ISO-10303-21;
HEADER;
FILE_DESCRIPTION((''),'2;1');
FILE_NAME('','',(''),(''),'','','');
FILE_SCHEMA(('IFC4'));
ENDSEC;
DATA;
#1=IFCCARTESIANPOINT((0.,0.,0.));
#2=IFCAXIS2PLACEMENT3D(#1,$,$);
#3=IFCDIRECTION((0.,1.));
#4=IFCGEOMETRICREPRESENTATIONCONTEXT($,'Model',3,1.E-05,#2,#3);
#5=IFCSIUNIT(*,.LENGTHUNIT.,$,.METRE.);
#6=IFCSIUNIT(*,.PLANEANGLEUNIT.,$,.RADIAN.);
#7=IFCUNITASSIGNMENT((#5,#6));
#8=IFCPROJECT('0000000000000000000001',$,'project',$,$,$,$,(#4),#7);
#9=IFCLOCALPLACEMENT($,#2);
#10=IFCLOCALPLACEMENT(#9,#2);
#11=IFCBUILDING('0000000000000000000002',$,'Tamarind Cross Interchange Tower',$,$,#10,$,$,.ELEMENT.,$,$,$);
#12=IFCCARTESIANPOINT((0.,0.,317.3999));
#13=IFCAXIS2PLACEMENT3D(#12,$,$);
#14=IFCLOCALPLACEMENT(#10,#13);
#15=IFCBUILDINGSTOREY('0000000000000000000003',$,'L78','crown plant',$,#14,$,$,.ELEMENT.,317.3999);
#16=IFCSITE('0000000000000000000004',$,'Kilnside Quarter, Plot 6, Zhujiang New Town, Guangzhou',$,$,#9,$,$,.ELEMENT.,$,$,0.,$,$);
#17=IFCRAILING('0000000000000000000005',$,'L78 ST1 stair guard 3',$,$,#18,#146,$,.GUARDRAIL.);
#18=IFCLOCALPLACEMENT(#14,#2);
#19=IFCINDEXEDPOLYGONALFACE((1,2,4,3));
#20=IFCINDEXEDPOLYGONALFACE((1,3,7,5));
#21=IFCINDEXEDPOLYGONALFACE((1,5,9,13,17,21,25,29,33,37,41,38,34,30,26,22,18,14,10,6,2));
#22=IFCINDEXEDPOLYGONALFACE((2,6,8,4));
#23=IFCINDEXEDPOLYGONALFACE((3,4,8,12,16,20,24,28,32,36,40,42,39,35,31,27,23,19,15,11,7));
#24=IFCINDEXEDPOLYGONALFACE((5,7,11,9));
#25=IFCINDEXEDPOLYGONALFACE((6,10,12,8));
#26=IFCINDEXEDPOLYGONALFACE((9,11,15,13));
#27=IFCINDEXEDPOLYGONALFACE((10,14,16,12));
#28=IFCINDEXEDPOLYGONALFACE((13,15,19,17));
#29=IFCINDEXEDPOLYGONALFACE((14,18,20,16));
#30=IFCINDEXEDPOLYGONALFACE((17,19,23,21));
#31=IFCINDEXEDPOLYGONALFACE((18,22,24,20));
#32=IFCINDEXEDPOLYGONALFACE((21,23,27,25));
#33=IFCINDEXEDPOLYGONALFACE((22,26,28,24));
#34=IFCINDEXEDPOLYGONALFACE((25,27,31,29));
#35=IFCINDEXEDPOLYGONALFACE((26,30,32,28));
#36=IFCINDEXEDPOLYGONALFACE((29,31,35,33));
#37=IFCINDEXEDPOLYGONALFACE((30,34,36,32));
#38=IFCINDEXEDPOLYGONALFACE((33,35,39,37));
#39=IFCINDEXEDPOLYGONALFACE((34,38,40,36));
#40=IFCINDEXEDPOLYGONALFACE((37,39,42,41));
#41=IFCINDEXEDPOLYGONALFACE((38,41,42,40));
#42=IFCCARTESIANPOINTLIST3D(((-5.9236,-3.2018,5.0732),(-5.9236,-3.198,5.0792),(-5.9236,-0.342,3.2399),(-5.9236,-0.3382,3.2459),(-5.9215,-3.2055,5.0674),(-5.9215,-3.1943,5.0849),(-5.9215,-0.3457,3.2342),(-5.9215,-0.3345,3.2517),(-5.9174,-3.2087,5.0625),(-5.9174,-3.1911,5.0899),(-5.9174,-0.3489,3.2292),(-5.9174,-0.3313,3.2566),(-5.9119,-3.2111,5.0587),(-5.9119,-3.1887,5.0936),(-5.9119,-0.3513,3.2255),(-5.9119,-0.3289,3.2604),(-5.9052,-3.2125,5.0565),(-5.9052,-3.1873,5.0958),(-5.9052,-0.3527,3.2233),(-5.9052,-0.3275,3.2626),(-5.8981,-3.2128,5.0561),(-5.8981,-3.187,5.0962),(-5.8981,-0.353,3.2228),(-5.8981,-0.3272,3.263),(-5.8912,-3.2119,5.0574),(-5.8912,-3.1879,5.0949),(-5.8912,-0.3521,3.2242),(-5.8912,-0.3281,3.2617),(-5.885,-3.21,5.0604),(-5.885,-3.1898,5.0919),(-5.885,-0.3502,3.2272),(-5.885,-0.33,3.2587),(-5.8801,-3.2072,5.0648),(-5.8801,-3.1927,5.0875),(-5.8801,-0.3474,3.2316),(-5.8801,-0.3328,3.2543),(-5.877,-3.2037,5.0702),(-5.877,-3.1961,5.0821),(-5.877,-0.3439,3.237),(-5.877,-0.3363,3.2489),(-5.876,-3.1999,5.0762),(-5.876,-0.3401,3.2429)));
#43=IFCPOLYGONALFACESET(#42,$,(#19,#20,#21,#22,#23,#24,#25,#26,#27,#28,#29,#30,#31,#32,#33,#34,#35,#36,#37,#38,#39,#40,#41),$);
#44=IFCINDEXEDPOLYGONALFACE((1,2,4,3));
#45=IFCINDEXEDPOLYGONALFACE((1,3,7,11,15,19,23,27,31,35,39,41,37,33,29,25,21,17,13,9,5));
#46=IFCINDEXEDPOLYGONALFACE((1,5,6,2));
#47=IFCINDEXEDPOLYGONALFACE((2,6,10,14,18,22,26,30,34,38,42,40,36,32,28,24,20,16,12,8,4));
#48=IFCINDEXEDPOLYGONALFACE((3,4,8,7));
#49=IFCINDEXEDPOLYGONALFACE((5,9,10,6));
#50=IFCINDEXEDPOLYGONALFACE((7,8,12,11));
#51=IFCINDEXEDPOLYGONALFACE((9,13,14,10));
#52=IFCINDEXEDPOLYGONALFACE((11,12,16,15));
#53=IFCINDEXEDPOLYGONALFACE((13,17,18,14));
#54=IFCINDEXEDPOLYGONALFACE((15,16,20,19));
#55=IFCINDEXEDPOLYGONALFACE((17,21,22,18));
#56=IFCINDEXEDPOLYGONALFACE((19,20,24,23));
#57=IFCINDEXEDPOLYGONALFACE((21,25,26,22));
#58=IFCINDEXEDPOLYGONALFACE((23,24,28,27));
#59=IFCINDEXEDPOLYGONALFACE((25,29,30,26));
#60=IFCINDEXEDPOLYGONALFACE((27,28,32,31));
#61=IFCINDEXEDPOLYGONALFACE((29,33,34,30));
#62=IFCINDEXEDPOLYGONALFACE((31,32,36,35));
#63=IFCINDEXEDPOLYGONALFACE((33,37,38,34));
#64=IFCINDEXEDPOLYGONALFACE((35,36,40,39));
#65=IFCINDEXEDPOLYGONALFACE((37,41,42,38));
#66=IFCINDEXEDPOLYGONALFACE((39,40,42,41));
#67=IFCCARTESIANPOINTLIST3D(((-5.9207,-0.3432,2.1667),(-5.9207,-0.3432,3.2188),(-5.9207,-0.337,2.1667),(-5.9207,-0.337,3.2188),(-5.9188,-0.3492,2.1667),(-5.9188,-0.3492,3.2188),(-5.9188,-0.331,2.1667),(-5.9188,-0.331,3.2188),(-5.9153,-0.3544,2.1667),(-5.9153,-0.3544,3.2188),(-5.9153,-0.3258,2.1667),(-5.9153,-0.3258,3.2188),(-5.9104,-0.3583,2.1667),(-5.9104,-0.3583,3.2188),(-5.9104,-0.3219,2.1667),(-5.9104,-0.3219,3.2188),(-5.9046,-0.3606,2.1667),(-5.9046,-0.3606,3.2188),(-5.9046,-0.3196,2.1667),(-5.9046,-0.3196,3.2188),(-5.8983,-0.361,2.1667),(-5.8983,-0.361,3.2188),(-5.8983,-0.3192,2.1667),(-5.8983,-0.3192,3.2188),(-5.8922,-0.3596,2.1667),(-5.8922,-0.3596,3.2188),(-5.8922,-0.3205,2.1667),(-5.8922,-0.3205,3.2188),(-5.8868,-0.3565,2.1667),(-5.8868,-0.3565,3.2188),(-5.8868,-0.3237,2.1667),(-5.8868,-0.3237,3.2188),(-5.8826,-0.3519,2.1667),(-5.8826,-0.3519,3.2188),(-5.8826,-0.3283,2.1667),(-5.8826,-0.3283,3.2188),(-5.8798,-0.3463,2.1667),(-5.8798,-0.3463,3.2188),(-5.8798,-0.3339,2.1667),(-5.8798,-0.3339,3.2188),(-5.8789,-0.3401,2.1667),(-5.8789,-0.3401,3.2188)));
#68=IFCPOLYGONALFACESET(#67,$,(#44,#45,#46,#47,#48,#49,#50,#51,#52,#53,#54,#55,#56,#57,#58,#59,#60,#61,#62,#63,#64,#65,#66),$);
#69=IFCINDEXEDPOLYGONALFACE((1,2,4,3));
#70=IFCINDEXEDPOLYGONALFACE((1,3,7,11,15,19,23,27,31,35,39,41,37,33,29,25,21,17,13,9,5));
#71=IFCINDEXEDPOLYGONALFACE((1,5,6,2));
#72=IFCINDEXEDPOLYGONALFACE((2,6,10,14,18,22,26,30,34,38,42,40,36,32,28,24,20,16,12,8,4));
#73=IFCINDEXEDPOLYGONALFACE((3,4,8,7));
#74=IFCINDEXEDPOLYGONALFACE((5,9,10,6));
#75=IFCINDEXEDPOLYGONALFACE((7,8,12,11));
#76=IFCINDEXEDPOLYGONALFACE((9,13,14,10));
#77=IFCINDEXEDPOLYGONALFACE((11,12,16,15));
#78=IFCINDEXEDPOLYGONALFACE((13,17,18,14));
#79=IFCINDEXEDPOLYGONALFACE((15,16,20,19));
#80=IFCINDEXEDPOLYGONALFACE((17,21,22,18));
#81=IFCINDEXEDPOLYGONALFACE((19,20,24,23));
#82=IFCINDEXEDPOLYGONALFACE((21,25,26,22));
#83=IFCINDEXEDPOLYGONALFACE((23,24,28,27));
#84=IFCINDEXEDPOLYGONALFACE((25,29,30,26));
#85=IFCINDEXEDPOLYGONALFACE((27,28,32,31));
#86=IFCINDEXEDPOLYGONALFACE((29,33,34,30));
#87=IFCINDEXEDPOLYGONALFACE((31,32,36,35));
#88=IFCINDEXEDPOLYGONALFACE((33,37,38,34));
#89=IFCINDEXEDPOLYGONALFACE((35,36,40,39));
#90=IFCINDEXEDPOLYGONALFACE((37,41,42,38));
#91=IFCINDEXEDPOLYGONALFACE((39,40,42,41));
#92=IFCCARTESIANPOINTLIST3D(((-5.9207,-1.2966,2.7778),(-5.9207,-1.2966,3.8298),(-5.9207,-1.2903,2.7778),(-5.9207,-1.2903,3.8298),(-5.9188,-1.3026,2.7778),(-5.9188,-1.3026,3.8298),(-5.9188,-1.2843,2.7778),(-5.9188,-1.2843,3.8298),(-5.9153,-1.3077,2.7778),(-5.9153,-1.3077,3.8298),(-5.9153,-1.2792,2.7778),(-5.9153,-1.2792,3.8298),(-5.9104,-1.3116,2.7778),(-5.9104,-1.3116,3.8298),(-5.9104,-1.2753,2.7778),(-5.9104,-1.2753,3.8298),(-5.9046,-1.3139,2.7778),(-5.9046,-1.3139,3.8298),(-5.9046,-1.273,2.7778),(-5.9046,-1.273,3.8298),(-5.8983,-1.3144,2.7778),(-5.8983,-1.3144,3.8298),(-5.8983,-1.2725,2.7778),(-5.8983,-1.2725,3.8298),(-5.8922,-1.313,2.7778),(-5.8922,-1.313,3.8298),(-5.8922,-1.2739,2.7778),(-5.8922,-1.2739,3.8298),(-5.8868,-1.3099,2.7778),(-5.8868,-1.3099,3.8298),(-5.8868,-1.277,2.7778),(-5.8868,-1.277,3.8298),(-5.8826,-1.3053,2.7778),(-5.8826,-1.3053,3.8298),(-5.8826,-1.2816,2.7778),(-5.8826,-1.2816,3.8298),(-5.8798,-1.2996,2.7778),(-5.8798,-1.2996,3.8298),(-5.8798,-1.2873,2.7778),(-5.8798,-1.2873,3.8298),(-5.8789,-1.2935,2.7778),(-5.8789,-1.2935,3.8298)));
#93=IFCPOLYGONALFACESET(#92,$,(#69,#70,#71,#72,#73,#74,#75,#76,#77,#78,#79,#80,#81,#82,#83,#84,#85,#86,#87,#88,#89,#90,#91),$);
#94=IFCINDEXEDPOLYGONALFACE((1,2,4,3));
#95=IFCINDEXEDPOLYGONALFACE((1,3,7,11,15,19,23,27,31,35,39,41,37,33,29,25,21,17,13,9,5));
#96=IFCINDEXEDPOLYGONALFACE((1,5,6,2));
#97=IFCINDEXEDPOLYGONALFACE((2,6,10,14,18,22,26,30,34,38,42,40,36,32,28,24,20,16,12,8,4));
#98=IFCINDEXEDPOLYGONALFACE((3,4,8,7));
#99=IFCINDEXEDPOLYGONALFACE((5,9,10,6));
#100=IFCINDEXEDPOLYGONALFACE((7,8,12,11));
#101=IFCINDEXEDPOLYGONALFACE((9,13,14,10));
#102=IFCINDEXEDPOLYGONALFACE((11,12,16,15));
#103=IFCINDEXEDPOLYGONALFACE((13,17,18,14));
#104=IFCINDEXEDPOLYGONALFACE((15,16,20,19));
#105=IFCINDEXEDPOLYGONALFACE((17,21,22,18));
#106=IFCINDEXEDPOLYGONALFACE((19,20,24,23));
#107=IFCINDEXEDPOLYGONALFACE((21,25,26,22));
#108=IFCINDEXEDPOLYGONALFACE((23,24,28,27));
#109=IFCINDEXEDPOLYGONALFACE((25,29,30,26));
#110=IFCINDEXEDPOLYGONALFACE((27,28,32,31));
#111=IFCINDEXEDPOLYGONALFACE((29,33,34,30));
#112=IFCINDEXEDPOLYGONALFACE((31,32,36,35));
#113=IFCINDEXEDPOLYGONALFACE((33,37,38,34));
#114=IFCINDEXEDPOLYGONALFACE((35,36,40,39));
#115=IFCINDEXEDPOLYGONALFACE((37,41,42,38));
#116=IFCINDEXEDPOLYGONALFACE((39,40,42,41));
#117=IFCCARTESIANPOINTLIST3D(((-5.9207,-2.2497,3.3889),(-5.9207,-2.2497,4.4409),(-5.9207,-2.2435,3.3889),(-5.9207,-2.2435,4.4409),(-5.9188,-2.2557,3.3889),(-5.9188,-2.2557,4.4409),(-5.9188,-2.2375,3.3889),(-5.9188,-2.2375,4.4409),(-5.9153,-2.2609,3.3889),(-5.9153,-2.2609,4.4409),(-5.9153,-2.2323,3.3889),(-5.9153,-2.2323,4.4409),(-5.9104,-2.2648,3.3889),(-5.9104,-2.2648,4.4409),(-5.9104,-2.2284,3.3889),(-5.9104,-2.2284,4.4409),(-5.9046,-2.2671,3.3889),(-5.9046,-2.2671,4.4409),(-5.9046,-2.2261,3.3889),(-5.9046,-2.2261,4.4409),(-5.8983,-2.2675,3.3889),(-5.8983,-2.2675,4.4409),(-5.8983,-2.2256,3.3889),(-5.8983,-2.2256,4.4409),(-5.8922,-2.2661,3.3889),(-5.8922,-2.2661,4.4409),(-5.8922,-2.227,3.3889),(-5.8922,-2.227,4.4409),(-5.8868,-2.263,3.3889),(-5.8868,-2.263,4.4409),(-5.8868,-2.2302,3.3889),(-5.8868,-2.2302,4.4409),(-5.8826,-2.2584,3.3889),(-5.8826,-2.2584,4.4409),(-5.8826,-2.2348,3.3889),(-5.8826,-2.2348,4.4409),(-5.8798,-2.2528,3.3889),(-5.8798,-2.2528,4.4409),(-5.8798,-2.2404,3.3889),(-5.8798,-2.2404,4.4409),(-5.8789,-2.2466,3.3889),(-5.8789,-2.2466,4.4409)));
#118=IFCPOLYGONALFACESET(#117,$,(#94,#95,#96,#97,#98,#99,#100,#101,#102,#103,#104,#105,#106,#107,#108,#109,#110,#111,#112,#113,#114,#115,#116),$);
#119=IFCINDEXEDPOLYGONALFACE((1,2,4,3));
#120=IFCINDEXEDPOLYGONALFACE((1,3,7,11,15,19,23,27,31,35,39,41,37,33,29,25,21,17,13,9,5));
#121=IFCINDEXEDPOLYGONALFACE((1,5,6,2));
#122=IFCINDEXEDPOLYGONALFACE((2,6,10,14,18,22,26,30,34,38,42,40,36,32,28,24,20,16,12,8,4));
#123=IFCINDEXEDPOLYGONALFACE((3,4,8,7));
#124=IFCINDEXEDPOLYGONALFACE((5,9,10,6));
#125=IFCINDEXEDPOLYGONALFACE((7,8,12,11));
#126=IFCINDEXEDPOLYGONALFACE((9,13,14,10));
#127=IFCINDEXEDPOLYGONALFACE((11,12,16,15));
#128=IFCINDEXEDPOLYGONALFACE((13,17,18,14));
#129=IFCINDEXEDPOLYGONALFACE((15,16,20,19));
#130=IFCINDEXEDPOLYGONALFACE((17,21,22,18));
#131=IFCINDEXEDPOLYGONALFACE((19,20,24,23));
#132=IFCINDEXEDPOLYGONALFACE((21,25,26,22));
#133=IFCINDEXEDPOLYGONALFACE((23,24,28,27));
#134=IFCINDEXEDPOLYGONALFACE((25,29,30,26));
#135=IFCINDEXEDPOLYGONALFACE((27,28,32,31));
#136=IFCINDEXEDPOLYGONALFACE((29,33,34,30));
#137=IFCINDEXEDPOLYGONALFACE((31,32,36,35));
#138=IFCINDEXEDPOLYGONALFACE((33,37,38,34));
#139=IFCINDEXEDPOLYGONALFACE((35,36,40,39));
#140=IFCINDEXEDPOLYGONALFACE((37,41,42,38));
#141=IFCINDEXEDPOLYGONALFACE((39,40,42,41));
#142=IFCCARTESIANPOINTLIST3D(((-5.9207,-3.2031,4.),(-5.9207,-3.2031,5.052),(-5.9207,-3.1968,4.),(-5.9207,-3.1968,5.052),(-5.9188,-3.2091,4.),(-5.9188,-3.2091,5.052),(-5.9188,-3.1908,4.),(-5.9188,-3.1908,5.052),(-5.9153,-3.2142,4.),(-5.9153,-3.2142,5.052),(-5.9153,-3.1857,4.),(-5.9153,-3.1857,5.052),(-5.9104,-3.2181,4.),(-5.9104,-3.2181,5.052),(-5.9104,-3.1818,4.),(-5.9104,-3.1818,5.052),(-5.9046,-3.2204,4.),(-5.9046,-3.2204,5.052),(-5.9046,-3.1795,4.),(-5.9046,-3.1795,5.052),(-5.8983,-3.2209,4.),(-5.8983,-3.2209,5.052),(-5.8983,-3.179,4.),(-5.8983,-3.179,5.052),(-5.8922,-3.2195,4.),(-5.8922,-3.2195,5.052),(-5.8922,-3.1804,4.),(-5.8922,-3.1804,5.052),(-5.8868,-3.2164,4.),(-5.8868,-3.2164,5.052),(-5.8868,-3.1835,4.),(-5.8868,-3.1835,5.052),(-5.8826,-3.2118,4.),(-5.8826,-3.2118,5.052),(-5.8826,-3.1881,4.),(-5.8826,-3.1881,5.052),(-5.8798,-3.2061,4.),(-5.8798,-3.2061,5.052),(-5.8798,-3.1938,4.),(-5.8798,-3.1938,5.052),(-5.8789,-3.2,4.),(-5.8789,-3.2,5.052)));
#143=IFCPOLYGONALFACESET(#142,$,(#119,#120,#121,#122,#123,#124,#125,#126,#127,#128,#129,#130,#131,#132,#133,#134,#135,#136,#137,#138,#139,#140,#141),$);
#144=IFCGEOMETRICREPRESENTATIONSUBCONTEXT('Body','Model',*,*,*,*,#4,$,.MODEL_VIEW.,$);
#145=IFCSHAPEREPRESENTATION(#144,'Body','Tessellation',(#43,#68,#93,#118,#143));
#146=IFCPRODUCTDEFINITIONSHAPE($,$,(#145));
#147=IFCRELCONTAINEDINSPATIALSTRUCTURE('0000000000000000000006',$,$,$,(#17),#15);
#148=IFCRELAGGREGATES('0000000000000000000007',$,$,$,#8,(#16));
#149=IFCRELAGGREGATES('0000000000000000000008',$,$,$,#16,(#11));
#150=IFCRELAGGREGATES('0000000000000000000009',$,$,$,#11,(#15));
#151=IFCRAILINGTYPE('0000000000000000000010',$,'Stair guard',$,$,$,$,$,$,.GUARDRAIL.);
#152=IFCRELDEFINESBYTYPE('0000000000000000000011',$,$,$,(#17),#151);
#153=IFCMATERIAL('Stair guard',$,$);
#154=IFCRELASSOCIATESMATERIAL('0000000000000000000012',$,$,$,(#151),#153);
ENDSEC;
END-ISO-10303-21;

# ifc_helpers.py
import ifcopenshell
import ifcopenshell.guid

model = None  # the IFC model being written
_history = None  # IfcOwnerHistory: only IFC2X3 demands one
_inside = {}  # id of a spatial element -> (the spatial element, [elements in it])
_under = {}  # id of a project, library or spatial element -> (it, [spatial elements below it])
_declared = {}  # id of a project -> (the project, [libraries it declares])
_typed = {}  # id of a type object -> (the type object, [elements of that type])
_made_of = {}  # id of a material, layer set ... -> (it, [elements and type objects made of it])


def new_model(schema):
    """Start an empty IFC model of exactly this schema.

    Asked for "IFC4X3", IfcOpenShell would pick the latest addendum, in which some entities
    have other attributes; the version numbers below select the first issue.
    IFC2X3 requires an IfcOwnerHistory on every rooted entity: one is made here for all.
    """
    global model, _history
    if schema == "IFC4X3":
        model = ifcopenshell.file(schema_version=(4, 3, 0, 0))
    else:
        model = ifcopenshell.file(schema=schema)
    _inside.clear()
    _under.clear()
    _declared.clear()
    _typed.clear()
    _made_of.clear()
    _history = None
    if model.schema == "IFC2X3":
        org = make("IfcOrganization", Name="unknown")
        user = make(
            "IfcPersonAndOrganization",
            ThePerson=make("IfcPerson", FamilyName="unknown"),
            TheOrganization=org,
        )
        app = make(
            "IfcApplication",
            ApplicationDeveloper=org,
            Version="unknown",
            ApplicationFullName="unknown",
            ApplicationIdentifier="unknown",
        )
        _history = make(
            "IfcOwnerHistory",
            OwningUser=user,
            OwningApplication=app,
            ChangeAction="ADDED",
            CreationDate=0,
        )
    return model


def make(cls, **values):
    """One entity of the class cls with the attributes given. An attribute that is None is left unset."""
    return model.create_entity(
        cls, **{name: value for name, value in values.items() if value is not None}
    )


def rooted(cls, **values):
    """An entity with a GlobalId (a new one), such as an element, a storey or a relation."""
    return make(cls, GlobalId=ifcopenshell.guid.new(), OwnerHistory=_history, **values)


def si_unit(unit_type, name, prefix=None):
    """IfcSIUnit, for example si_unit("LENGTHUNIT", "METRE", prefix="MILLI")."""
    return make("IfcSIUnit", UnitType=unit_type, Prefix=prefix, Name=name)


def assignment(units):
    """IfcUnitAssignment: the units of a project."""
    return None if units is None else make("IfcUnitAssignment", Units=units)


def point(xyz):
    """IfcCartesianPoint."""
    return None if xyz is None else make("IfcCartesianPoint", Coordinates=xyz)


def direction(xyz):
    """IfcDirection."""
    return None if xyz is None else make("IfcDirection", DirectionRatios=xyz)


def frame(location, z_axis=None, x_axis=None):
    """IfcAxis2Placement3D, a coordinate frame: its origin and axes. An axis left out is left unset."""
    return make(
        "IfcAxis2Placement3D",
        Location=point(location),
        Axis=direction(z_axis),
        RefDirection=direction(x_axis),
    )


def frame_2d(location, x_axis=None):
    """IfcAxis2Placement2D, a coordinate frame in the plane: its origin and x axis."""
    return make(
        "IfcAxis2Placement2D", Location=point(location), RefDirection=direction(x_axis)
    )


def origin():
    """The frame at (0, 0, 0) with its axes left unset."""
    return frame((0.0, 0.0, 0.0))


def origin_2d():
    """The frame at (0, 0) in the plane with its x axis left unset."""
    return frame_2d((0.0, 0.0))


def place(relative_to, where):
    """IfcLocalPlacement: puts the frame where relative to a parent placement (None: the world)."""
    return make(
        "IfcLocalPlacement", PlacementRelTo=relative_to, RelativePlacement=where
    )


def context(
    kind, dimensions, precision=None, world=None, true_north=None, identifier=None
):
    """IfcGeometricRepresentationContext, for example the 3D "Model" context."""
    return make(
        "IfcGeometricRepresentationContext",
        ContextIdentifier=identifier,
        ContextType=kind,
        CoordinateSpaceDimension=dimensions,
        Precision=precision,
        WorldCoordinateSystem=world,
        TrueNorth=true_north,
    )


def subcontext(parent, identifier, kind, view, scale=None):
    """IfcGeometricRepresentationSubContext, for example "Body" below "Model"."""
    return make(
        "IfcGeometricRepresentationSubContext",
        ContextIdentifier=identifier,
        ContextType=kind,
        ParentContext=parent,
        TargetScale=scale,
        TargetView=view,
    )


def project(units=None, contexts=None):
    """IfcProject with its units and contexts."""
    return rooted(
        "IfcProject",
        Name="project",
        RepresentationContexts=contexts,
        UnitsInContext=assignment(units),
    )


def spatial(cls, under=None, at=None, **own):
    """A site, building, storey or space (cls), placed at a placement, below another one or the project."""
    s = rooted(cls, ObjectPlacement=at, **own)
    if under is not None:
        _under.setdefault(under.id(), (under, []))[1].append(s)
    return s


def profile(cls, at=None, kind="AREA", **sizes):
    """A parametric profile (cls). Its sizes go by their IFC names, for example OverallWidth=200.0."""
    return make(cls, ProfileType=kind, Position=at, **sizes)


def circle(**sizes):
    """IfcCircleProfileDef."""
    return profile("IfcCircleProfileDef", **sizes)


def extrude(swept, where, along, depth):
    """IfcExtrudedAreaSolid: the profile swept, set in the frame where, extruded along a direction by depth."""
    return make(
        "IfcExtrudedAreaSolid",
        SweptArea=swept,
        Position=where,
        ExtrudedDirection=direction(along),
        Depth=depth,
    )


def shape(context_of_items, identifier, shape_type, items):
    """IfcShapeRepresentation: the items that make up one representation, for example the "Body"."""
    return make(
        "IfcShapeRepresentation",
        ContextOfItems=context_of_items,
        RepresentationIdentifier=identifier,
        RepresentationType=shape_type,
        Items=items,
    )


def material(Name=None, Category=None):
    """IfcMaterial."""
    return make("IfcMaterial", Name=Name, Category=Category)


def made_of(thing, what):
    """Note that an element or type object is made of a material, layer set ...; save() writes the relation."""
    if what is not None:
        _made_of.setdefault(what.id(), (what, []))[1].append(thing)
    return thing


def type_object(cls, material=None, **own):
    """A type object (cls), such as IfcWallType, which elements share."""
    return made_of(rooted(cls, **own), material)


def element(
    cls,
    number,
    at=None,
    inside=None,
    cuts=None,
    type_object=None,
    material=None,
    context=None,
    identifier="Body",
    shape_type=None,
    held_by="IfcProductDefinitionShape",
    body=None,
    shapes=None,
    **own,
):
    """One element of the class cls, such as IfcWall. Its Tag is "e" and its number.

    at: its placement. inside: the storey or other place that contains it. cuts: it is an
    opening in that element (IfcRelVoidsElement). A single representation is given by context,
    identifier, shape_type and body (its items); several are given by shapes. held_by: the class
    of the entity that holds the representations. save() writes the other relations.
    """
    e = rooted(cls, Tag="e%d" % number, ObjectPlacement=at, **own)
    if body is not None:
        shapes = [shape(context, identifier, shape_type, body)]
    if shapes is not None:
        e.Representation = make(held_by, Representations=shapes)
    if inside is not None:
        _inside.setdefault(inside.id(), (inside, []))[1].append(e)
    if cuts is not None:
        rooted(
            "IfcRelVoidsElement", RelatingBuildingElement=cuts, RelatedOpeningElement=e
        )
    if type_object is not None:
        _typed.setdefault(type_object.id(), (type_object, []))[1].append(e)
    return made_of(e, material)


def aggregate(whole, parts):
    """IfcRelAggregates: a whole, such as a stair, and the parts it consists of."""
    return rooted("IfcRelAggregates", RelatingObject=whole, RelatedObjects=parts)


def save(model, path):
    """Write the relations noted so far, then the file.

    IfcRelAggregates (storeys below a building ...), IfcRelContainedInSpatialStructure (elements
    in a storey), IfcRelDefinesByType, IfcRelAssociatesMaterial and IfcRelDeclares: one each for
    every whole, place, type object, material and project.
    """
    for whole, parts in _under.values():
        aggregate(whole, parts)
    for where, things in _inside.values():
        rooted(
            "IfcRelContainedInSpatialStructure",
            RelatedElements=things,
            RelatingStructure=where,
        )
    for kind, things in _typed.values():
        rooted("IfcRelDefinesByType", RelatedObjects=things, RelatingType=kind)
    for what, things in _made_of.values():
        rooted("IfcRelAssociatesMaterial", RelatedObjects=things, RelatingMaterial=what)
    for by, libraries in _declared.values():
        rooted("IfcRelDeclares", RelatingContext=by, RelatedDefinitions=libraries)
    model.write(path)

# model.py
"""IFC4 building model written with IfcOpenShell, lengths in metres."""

from ifc_helpers import new_model, si_unit, direction, frame, origin, origin_2d, place, context, subcontext, project, spatial, circle, extrude, material, type_object, element, save


model = new_model("IFC4")

# Units and contexts
model_context = context("Model", 3, precision=1e-05, world=origin(), true_north=direction((0.0, 1.0)))
body_context = subcontext(model_context, "Body", "Model", "MODEL_VIEW")
ifc_project = project(units=[si_unit("LENGTHUNIT", "METRE"), si_unit("PLANEANGLEUNIT", "RADIAN")], contexts=[model_context])

# Site, building, storey
site_placement = place(None, origin())
site = spatial("IfcSite", under=ifc_project, at=site_placement, Name="Kilnside Quarter, Plot 6, Zhujiang New Town, Guangzhou", CompositionType="ELEMENT", RefElevation=0.0)
building_placement = place(site_placement, origin())
building = spatial("IfcBuilding", under=site, at=building_placement, Name="Tamarind Cross Interchange Tower", CompositionType="ELEMENT")
storey_placement = place(building_placement, frame((0.0, 0.0, 317.3999)))
storey = spatial("IfcBuildingStorey", under=building, at=storey_placement, Name="L78", Description="crown plant", CompositionType="ELEMENT", Elevation=317.3999)

# Railing
ifc_material_1 = material(Name="Stair guard")
railing_type_1 = type_object("IfcRailingType", Name="Stair guard", PredefinedType="GUARDRAIL", material=ifc_material_1)
railing_1_placement = place(storey_placement, frame((-5.8999, -0.3401, 2.1667)))
element("IfcRailing", 1, at=railing_1_placement, inside=storey, type_object=railing_type_1, Name="L78 ST1 stair guard 3", PredefinedType="GUARDRAIL", context=body_context, shape_type="SweptSolid", body=[
    extrude(circle(Radius=0.0239, at=origin_2d()), frame((0.0, 0.0, 1.0762), z_axis=(0.0, -0.841878, 0.539667), x_axis=(1.0, 0.0, 0.0)), (0.0, 0.0, 1.0), 3.397),
    extrude(circle(Radius=0.021, at=origin_2d()), origin(), (0.0, 0.0, 1.0), 1.052),
    extrude(circle(Radius=0.021, at=origin_2d()), frame((0.0, -0.9534, 0.6111)), (0.0, 0.0, 1.0), 1.052),
    extrude(circle(Radius=0.021, at=origin_2d()), frame((0.0, -1.9065, 1.2222)), (0.0, 0.0, 1.0), 1.052),
    extrude(circle(Radius=0.021, at=origin_2d()), frame((0.0, -2.8599, 1.8333)), (0.0, 0.0, 1.0), 1.052),
])

save(model, "model.ifc")
